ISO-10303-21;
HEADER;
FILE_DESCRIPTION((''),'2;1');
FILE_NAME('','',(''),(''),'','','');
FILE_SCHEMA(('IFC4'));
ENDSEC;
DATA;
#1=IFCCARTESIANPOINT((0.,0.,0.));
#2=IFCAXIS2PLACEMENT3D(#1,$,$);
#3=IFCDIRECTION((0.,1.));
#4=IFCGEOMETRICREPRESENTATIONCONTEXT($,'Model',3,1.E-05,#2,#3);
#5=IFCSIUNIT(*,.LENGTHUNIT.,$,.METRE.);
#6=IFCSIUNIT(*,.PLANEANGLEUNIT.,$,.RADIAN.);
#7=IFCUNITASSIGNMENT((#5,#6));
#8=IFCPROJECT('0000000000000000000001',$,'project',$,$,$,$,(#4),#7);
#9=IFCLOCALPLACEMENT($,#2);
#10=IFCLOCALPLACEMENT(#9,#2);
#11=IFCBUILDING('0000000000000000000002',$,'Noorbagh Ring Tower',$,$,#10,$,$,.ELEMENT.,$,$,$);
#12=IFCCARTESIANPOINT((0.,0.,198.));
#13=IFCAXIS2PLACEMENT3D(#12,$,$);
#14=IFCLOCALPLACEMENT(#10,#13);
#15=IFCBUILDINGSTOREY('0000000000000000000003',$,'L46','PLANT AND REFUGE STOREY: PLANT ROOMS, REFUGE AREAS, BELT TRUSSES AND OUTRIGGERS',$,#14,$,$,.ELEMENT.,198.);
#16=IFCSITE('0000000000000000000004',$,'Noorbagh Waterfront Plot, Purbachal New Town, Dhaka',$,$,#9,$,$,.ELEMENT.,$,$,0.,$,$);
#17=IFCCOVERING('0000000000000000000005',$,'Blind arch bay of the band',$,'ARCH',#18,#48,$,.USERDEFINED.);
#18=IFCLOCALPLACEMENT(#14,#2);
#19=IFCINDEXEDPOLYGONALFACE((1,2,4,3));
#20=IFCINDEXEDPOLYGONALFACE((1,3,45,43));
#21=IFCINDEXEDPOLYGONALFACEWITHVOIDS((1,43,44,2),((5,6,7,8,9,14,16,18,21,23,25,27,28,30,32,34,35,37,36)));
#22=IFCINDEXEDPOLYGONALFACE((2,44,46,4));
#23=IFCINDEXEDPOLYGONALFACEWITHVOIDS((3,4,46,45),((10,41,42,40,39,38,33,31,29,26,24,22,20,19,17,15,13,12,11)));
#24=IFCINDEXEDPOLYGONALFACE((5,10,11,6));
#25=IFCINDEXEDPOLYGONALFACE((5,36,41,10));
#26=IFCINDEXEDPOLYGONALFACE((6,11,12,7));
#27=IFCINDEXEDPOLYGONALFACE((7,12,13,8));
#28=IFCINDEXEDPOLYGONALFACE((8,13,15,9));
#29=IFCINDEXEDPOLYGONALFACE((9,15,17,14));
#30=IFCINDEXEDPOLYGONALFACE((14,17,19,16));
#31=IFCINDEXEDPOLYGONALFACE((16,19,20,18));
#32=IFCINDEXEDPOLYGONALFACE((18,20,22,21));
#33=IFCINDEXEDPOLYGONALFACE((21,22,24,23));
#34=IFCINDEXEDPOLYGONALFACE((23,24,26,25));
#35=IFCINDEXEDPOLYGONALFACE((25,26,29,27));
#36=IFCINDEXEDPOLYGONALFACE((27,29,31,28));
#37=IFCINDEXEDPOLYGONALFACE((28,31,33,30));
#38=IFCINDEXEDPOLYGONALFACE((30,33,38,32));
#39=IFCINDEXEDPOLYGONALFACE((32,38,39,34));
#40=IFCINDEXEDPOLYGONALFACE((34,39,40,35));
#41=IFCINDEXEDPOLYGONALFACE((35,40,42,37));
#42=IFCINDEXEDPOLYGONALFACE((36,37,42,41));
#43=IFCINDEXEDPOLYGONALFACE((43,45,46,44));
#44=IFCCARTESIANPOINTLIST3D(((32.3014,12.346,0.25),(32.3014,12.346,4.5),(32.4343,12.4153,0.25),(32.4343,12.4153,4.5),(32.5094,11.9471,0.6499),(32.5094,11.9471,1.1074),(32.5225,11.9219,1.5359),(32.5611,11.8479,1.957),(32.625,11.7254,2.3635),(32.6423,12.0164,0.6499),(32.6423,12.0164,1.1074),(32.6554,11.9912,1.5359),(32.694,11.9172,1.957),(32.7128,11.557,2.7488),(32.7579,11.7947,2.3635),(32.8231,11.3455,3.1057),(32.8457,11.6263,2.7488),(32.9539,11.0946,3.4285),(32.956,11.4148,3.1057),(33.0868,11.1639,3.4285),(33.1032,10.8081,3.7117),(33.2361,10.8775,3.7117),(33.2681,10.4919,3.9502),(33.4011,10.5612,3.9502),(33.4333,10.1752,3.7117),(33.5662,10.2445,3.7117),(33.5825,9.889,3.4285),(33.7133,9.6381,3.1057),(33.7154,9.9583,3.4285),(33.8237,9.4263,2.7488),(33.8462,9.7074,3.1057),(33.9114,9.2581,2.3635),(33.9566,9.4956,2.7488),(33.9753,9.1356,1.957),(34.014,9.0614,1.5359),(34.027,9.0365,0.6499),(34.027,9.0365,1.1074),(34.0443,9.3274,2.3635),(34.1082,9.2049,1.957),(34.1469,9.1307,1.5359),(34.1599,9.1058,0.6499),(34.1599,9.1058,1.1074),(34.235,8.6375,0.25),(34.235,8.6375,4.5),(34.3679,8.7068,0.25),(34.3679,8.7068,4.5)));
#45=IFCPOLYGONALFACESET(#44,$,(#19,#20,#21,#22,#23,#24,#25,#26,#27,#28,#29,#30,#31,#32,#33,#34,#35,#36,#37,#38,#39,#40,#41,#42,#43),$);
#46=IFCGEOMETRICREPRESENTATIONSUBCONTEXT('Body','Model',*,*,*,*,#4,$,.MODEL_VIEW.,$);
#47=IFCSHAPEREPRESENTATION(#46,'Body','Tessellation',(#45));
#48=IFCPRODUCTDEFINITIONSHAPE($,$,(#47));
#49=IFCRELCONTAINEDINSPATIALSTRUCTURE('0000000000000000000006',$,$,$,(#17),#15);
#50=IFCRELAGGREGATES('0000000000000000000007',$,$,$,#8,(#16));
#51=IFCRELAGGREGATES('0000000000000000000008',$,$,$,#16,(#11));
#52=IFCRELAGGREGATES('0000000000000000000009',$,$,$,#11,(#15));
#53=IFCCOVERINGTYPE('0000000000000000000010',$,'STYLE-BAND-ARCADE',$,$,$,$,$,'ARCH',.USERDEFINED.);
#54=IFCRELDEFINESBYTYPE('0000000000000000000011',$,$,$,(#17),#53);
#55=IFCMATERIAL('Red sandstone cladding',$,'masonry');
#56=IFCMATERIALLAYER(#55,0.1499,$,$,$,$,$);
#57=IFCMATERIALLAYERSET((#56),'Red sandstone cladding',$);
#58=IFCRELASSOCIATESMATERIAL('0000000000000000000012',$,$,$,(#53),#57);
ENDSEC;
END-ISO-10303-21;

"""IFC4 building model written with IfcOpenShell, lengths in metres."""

from ifc_helpers import new_model, si_unit, direction, frame, origin, place, context, subcontext, project, spatial, polyline, outline, extrude, material, layer, layer_set, type_object, element, save


model = new_model("IFC4")

# Units and contexts
model_context = context("Model", 3, precision=1e-05, world=origin(), true_north=direction((0.0, 1.0)))
body_context = subcontext(model_context, "Body", "Model", "MODEL_VIEW")
ifc_project = project(units=[si_unit("LENGTHUNIT", "METRE"), si_unit("PLANEANGLEUNIT", "RADIAN")], contexts=[model_context])

# Site, building, storey
site_placement = place(None, origin())
site = spatial("IfcSite", under=ifc_project, at=site_placement, Name="Noorbagh Waterfront Plot, Purbachal New Town, Dhaka", CompositionType="ELEMENT", RefElevation=0.0)
building_placement = place(site_placement, origin())
building = spatial("IfcBuilding", under=site, at=building_placement, Name="Noorbagh Ring Tower", CompositionType="ELEMENT")
storey_placement = place(building_placement, frame((0.0, 0.0, 198.0)))
storey = spatial("IfcBuildingStorey", under=building, at=storey_placement, Name="L46", Description="PLANT AND REFUGE STOREY: PLANT ROOMS, REFUGE AREAS, BELT TRUSSES AND OUTRIGGERS", CompositionType="ELEMENT", Elevation=198.0)

# Covering
ifc_material_1 = material(Name="Red sandstone cladding", Category="masonry")
ifc_layer_1 = layer(ifc_material_1, 0.1499)
ifc_layer_set_1 = layer_set([ifc_layer_1], Name="Red sandstone cladding")
covering_type_1 = type_object("IfcCoveringType", Name="STYLE-BAND-ARCADE", ElementType="ARCH", PredefinedType="USERDEFINED", material=ifc_layer_set_1)
covering_1_placement = place(storey_placement, frame((34.3679, 8.7068, 0.25), z_axis=(0.88671, 0.462327, 0.0), x_axis=(-0.462327, 0.88671, 0.0)))
element("IfcCovering", 1, at=covering_1_placement, inside=storey, type_object=covering_type_1, Name="Blind arch bay of the band", ObjectType="ARCH", PredefinedType="USERDEFINED", context=body_context, shape_type="SweptSolid", body=[
    extrude(outline(polyline([(0.0, 0.0), (4.1824, 0.0), (4.1824, 4.25), (0.0, 4.25), (0.0, 0.0)]), holes=[polyline([(0.45, 0.3999), (0.45, 0.8574), (0.478, 1.2859), (0.5618, 1.707), (0.7, 2.1135), (0.8896, 2.4988), (1.1284, 2.8557), (1.4114, 3.1785), (1.7341, 3.4617), (2.0913, 3.7002), (2.448, 3.4617), (2.771, 3.1785), (3.054, 2.8557), (3.2925, 2.4988), (3.4824, 2.1135), (3.6206, 1.707), (3.7041, 1.2859), (3.7324, 0.8574), (3.7324, 0.3999), (0.45, 0.3999)])]), origin(), (0.0, 0.0, -1.0), 0.1499),
])

save(model, "model.ifc")
